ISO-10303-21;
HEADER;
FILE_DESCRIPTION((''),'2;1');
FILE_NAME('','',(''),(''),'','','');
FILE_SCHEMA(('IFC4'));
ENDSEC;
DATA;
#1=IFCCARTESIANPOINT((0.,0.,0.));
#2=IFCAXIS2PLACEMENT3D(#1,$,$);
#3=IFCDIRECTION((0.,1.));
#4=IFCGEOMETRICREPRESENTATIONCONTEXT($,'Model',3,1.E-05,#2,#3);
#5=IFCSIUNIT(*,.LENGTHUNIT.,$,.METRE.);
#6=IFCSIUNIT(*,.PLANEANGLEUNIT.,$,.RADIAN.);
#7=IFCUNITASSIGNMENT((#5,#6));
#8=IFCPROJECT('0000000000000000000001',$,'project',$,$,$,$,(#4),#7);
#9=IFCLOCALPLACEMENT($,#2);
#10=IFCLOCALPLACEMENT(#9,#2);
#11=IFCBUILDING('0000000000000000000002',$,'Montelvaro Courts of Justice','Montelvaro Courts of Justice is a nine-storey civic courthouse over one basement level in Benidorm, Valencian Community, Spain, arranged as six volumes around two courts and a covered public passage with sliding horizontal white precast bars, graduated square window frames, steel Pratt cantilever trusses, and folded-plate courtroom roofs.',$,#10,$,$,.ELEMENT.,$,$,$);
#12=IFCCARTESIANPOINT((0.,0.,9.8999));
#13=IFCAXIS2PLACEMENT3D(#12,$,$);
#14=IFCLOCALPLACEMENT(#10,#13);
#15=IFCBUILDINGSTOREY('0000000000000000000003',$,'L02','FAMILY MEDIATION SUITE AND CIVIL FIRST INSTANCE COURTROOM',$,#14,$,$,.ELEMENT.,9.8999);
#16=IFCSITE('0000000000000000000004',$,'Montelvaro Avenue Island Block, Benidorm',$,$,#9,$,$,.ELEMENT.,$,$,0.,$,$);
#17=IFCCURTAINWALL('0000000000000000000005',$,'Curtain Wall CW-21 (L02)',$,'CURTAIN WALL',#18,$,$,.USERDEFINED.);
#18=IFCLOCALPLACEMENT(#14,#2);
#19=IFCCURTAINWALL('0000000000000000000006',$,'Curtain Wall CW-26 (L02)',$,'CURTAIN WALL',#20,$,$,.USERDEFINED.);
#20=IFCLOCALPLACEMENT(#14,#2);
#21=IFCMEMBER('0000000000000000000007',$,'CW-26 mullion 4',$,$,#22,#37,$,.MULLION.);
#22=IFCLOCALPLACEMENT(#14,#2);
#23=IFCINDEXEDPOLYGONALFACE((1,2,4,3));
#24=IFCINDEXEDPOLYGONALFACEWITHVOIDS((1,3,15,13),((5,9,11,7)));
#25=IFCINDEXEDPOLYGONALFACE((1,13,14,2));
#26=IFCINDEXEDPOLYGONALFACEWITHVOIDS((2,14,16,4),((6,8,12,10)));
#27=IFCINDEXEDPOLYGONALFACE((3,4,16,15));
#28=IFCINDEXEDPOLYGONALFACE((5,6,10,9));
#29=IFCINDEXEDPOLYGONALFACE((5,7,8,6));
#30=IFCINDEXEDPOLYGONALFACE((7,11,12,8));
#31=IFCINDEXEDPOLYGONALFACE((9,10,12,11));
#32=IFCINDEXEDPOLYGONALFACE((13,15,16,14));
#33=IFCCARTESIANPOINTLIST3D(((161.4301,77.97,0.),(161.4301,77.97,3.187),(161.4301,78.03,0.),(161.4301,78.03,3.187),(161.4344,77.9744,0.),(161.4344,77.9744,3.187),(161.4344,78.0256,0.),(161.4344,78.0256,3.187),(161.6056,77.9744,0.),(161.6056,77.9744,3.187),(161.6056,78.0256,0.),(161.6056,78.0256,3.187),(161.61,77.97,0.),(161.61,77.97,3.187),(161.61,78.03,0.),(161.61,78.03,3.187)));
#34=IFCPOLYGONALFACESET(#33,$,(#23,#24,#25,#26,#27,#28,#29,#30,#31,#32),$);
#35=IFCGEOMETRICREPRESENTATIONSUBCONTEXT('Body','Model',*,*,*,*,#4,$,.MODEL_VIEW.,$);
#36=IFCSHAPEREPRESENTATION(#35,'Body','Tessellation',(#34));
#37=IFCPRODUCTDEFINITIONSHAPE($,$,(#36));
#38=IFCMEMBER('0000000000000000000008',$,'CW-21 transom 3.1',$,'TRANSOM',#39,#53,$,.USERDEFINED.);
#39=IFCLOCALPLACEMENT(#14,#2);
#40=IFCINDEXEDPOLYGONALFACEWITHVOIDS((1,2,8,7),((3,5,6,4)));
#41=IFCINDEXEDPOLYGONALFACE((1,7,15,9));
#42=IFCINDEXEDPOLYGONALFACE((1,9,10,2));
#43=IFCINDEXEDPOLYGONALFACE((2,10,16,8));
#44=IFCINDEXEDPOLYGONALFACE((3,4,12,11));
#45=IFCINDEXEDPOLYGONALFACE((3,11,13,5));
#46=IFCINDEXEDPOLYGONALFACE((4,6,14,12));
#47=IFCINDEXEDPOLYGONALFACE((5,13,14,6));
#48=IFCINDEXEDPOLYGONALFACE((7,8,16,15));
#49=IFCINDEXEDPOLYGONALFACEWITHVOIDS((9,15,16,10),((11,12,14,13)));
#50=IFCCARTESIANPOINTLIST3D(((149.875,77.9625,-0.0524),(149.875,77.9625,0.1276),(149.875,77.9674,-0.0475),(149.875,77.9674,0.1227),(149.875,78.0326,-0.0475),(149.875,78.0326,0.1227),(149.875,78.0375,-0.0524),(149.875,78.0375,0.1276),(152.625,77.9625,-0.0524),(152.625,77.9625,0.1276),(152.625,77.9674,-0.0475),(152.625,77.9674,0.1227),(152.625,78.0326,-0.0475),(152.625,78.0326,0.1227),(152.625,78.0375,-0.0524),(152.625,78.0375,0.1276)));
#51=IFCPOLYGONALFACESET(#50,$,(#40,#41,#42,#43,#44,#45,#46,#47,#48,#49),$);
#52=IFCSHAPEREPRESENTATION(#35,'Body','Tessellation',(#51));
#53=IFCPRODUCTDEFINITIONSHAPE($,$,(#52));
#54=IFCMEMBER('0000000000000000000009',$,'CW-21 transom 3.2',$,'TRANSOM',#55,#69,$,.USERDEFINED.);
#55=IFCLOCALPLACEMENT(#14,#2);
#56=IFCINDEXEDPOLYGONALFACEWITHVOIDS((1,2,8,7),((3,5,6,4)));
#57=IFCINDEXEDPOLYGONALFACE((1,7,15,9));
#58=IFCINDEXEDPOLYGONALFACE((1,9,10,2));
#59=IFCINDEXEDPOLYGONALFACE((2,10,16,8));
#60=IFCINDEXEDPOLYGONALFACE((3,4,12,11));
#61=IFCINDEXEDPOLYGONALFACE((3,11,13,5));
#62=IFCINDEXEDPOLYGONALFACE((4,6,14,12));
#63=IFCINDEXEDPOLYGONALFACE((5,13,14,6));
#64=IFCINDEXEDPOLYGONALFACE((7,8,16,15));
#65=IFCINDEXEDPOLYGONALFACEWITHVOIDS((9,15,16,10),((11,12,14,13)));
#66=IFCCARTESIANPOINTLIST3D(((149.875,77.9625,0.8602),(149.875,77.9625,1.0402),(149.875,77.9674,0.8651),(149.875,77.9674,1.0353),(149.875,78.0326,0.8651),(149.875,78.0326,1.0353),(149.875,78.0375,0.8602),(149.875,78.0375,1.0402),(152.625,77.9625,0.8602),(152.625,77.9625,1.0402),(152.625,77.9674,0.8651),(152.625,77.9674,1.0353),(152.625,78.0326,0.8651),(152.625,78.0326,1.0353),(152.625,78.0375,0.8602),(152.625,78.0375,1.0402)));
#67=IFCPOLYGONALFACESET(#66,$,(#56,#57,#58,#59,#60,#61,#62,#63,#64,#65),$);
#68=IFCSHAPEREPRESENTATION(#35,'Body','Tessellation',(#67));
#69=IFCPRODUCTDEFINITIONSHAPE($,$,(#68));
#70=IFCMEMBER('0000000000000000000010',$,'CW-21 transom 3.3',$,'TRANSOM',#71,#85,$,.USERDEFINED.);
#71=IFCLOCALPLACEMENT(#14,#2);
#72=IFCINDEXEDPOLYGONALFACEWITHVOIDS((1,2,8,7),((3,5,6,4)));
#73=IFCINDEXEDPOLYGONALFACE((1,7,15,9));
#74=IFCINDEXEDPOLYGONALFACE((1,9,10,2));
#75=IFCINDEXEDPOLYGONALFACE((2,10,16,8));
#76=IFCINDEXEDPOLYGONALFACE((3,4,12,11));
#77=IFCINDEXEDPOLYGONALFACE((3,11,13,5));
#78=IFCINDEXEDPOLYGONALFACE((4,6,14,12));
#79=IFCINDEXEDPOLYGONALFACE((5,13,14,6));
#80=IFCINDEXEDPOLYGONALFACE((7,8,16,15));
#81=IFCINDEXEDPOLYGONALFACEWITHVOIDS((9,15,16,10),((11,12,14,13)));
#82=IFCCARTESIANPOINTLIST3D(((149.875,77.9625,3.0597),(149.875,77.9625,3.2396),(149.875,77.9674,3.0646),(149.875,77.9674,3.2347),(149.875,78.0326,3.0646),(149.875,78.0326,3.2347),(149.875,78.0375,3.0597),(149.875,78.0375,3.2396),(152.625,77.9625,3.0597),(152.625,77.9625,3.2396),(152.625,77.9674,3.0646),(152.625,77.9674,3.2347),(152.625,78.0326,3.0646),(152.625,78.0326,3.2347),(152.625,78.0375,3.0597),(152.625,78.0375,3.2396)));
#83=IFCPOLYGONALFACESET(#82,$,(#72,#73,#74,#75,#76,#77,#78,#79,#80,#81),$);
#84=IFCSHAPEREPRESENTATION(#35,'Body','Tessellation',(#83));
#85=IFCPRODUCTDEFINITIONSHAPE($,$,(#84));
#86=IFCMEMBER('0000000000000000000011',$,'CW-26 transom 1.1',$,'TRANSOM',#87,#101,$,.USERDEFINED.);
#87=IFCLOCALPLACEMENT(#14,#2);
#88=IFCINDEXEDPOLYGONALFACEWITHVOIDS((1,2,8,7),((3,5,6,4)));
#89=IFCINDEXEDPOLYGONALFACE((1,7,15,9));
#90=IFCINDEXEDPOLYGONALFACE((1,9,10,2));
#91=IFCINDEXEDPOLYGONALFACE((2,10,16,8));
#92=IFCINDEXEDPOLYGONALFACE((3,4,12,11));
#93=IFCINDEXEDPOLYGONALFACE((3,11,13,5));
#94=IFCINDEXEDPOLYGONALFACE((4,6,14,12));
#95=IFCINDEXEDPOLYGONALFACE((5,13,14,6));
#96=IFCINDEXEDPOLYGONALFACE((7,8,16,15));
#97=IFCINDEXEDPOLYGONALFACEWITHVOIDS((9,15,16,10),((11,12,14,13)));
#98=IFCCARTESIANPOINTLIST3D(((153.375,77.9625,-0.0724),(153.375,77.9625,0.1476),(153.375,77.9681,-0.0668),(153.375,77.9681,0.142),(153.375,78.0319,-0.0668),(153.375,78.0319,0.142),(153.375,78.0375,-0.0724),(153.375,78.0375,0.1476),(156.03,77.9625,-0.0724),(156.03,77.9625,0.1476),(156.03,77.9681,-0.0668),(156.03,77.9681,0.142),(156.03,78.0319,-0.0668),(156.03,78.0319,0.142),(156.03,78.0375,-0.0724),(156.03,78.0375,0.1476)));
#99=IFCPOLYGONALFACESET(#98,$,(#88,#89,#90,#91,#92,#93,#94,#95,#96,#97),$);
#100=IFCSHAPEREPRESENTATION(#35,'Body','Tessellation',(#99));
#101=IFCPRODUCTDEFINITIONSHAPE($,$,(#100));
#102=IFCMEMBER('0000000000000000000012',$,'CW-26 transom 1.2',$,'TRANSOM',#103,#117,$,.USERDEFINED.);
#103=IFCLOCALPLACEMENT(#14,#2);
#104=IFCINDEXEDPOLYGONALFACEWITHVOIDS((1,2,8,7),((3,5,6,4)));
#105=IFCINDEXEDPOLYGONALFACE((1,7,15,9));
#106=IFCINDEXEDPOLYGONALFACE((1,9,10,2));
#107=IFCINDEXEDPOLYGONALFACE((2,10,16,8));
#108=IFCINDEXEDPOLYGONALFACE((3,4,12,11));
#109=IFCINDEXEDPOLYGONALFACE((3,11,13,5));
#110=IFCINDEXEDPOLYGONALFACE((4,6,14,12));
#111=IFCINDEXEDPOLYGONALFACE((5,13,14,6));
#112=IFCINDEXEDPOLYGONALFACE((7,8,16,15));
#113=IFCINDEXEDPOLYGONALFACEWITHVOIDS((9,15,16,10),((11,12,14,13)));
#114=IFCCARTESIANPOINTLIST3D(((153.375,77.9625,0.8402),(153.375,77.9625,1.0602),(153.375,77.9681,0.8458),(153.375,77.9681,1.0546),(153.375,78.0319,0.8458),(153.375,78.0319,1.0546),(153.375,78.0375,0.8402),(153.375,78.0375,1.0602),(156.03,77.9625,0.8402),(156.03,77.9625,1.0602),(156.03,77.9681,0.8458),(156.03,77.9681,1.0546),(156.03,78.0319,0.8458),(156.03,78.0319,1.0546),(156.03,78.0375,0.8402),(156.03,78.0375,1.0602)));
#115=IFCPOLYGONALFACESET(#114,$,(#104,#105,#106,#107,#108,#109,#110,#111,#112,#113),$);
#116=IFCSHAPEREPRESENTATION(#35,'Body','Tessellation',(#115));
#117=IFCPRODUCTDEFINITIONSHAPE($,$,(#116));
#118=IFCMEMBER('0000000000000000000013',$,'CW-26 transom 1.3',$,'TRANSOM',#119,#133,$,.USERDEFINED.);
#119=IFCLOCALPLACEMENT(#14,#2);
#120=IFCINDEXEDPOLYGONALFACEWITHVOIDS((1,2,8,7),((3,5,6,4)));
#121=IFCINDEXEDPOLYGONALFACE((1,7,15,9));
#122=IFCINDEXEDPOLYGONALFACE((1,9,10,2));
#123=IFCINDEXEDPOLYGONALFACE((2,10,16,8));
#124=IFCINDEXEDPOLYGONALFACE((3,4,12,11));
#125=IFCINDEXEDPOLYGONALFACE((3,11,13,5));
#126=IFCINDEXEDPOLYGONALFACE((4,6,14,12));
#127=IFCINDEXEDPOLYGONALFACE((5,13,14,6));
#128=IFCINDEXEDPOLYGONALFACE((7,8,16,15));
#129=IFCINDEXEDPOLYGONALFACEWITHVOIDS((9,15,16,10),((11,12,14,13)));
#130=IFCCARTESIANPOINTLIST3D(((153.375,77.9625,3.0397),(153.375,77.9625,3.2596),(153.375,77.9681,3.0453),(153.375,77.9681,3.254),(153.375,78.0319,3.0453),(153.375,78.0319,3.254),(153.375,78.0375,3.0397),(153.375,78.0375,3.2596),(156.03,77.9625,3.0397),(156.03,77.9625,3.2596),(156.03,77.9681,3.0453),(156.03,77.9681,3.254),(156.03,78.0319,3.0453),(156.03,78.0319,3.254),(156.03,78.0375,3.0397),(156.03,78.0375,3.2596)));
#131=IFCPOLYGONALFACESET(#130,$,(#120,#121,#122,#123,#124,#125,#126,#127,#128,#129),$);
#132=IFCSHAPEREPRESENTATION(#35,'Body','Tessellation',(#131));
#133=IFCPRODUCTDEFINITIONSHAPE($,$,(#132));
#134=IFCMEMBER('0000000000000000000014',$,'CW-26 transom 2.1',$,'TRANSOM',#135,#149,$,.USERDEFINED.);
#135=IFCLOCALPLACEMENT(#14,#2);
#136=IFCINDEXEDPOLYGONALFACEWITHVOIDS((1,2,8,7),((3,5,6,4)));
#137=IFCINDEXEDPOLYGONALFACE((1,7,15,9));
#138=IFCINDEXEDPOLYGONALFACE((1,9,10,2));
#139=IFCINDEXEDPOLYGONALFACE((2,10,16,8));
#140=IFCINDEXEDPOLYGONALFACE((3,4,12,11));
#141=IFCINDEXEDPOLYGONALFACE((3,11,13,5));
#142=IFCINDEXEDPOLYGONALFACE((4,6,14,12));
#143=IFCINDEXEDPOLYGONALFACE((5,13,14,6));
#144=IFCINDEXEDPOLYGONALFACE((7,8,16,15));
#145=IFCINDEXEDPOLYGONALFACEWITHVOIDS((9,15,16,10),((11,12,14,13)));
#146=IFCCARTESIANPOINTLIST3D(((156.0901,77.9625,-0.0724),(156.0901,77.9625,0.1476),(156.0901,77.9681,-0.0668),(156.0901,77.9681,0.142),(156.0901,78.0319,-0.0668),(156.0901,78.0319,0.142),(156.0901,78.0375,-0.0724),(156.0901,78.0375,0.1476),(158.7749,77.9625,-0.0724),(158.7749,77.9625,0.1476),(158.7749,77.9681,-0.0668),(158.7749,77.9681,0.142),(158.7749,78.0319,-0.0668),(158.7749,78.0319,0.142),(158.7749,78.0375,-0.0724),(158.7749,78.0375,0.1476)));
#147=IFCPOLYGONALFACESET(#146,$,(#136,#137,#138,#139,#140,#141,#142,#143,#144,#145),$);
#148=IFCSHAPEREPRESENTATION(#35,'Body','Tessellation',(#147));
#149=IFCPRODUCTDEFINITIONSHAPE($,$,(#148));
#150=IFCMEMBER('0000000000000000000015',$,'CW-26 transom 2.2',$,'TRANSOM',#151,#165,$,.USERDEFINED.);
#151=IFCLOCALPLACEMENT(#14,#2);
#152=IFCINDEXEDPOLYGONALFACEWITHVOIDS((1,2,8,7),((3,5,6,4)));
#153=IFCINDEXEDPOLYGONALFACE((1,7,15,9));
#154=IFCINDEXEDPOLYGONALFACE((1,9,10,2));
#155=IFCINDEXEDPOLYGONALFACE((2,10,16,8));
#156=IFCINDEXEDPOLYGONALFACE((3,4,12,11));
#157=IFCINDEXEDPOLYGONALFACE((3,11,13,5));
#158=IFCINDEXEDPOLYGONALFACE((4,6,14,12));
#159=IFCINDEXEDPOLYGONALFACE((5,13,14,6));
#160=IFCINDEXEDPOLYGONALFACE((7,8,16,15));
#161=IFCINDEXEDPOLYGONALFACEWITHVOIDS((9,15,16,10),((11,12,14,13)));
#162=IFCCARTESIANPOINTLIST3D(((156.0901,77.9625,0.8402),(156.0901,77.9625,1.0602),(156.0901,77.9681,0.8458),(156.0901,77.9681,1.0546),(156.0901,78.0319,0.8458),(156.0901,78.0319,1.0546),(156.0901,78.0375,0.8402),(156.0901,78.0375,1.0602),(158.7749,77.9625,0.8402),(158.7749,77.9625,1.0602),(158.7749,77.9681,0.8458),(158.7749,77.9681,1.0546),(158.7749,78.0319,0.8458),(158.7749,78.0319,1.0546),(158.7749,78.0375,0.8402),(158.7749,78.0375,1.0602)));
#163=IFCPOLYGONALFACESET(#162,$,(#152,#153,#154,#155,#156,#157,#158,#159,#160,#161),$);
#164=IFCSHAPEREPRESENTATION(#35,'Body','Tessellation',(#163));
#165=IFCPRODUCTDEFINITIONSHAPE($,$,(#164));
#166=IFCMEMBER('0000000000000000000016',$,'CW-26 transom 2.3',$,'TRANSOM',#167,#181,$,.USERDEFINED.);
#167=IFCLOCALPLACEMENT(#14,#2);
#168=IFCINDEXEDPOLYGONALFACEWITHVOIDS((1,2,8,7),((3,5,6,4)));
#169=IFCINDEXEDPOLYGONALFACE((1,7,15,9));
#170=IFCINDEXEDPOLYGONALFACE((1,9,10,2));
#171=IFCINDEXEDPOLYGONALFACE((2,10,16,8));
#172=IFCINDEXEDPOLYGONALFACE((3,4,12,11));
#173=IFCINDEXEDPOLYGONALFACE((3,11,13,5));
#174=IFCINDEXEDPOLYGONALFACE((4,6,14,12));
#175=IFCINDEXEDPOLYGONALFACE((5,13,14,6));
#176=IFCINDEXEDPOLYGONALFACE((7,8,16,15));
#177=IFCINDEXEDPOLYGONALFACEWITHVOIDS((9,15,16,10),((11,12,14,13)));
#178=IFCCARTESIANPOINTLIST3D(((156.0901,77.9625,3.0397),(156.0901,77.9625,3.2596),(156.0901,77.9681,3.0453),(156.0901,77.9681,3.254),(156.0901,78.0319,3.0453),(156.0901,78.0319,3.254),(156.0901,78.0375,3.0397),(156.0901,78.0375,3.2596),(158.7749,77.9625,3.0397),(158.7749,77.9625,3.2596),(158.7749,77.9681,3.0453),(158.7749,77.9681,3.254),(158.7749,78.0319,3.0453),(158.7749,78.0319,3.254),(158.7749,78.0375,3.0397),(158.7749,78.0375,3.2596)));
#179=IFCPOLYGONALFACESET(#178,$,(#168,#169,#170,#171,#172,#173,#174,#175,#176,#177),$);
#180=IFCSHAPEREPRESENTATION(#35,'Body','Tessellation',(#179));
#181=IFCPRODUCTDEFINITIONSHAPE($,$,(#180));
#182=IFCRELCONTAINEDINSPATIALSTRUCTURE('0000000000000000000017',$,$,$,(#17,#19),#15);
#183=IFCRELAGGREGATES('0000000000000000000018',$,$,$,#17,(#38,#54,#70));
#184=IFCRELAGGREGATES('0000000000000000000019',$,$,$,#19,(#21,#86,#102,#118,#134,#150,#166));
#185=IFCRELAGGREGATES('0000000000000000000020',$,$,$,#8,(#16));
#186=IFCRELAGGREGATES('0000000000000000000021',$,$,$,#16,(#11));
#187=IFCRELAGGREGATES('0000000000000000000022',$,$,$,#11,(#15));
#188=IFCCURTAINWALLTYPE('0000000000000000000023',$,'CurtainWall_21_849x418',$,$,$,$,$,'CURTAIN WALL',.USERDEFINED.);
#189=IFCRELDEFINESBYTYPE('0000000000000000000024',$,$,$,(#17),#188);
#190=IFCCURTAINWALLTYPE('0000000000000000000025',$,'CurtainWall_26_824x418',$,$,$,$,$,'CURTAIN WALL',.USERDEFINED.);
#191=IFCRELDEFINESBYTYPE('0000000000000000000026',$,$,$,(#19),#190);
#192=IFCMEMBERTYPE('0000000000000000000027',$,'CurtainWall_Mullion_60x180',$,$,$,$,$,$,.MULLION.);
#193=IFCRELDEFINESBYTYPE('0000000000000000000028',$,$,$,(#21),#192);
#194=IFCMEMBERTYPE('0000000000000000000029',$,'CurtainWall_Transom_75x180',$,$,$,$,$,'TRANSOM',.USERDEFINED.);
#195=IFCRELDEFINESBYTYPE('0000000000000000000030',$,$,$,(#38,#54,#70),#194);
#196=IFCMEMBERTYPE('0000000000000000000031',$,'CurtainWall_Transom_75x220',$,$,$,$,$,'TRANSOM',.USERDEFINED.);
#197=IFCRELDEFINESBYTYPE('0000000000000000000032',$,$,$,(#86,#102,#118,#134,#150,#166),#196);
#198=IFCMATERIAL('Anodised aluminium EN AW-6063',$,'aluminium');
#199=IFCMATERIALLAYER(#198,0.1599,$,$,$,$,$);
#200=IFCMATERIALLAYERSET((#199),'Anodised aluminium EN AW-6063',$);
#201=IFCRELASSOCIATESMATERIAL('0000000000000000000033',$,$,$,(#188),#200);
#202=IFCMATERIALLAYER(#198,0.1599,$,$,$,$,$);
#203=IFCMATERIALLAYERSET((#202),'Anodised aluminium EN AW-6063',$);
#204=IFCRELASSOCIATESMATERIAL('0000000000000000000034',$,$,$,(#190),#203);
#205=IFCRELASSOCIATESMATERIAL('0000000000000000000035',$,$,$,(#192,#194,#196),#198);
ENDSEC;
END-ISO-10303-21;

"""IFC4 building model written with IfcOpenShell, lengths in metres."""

from ifc_helpers import new_model, si_unit, direction, frame, origin, origin_2d, place, context, subcontext, project, spatial, hollow_rectangle, extrude, material, layer, layer_set, material_profile, profile_set, type_object, element, aggregate, save


model = new_model("IFC4")

# Units and contexts
model_context = context("Model", 3, precision=1e-05, world=origin(), true_north=direction((0.0, 1.0)))
body_context = subcontext(model_context, "Body", "Model", "MODEL_VIEW")
ifc_project = project(units=[si_unit("LENGTHUNIT", "METRE"), si_unit("PLANEANGLEUNIT", "RADIAN")], contexts=[model_context])

# Site, building, storey
site_placement = place(None, origin())
site = spatial("IfcSite", under=ifc_project, at=site_placement, Name="Montelvaro Avenue Island Block, Benidorm", CompositionType="ELEMENT", RefElevation=0.0)
building_placement = place(site_placement, origin())
building = spatial("IfcBuilding", under=site, at=building_placement, Name="Montelvaro Courts of Justice", Description="Montelvaro Courts of Justice is a nine-storey civic courthouse over one basement level in Benidorm, Valencian Community, Spain, arranged as six volumes around two courts and a covered public passage with sliding horizontal white precast bars, graduated square window frames, steel Pratt cantilever trusses, and folded-plate courtroom roofs.", CompositionType="ELEMENT")
storey_placement = place(building_placement, frame((0.0, 0.0, 9.8999)))
storey = spatial("IfcBuildingStorey", under=building, at=storey_placement, Name="L02", Description="FAMILY MEDIATION SUITE AND CIVIL FIRST INSTANCE COURTROOM", CompositionType="ELEMENT", Elevation=9.8999)

# Curtain walls, member
ifc_material_1 = material(Name="Anodised aluminium EN AW-6063", Category="aluminium")
ifc_layer_1 = layer(ifc_material_1, 0.1599)
ifc_layer_set_1 = layer_set([ifc_layer_1], Name="Anodised aluminium EN AW-6063")
curtain_wall_type_1 = type_object("IfcCurtainWallType", Name="CurtainWall_21_849x418", ElementType="CURTAIN WALL", PredefinedType="USERDEFINED", material=ifc_layer_set_1)
curtain_wall_1_placement = place(storey_placement, origin())
curtain_wall_1 = element("IfcCurtainWall", 1, at=curtain_wall_1_placement, inside=storey, type_object=curtain_wall_type_1, Name="Curtain Wall CW-21 (L02)", ObjectType="CURTAIN WALL", PredefinedType="USERDEFINED")
ifc_layer_2 = layer(ifc_material_1, 0.1599)
ifc_layer_set_2 = layer_set([ifc_layer_2], Name="Anodised aluminium EN AW-6063")
curtain_wall_type_2 = type_object("IfcCurtainWallType", Name="CurtainWall_26_824x418", ElementType="CURTAIN WALL", PredefinedType="USERDEFINED", material=ifc_layer_set_2)
curtain_wall_2_placement = place(storey_placement, origin())
curtain_wall_2 = element("IfcCurtainWall", 2, at=curtain_wall_2_placement, inside=storey, type_object=curtain_wall_type_2, Name="Curtain Wall CW-26 (L02)", ObjectType="CURTAIN WALL", PredefinedType="USERDEFINED")
ifc_material_profile_1 = material_profile(ifc_material_1, hollow_rectangle(XDim=0.0601, YDim=0.1799, WallThickness=0.0044, at=origin_2d()), Name="ALU-M 60x180")
ifc_profile_set_1 = profile_set([ifc_material_profile_1], Name="Anodised aluminium EN AW-6063")
member_type_1 = type_object("IfcMemberType", Name="CurtainWall_Mullion_60x180", PredefinedType="MULLION", material=ifc_profile_set_1)
member_1_placement = place(storey_placement, frame((161.52, 78.0, 0.0), z_axis=(0.0, 0.0, 1.0), x_axis=(0.0, 1.0, 0.0)))
member_1 = element("IfcMember", 3, at=member_1_placement, type_object=member_type_1, Name="CW-26 mullion 4", PredefinedType="MULLION", context=body_context, shape_type="SweptSolid", body=[
    extrude(hollow_rectangle(XDim=0.0601, YDim=0.1799, WallThickness=0.0044, at=origin_2d()), origin(), (0.0, 0.0, 1.0), 3.187),
])

# Members
ifc_material_profile_2 = material_profile(ifc_material_1, hollow_rectangle(XDim=0.075, YDim=0.1799, WallThickness=0.0049, at=origin_2d()), Name="ALU-T 75x180")
ifc_profile_set_2 = profile_set([ifc_material_profile_2], Name="Anodised aluminium EN AW-6063")
member_type_2 = type_object("IfcMemberType", Name="CurtainWall_Transom_75x180", ElementType="TRANSOM", PredefinedType="USERDEFINED", material=ifc_profile_set_2)
member_2_placement = place(storey_placement, frame((149.875, 78.0, 0.0376), z_axis=(1.0, 0.0, 0.0), x_axis=(0.0, 1.0, 0.0)))
member_2 = element("IfcMember", 4, at=member_2_placement, type_object=member_type_2, Name="CW-21 transom 3.1", ObjectType="TRANSOM", PredefinedType="USERDEFINED", context=body_context, shape_type="SweptSolid", body=[
    extrude(hollow_rectangle(XDim=0.075, YDim=0.1799, WallThickness=0.0049, at=origin_2d()), origin(), (0.0, 0.0, 1.0), 2.75),
])
member_3_placement = place(storey_placement, frame((149.875, 78.0, 0.9502), z_axis=(1.0, 0.0, 0.0), x_axis=(0.0, 1.0, 0.0)))
member_3 = element("IfcMember", 5, at=member_3_placement, type_object=member_type_2, Name="CW-21 transom 3.2", ObjectType="TRANSOM", PredefinedType="USERDEFINED", context=body_context, shape_type="SweptSolid", body=[
    extrude(hollow_rectangle(XDim=0.075, YDim=0.1799, WallThickness=0.0049, at=origin_2d()), origin(), (0.0, 0.0, 1.0), 2.75),
])
member_4_placement = place(storey_placement, frame((149.875, 78.0, 3.1497), z_axis=(1.0, 0.0, 0.0), x_axis=(0.0, 1.0, 0.0)))
member_4 = element("IfcMember", 6, at=member_4_placement, type_object=member_type_2, Name="CW-21 transom 3.3", ObjectType="TRANSOM", PredefinedType="USERDEFINED", context=body_context, shape_type="SweptSolid", body=[
    extrude(hollow_rectangle(XDim=0.075, YDim=0.1799, WallThickness=0.0049, at=origin_2d()), origin(), (0.0, 0.0, 1.0), 2.75),
])
ifc_material_profile_3 = material_profile(ifc_material_1, hollow_rectangle(XDim=0.075, YDim=0.22, WallThickness=0.0056, at=origin_2d()), Name="ALU-T 75x220")
ifc_profile_set_3 = profile_set([ifc_material_profile_3], Name="Anodised aluminium EN AW-6063")
member_type_3 = type_object("IfcMemberType", Name="CurtainWall_Transom_75x220", ElementType="TRANSOM", PredefinedType="USERDEFINED", material=ifc_profile_set_3)
member_5_placement = place(storey_placement, frame((153.375, 78.0, 0.0376), z_axis=(1.0, 0.0, 0.0), x_axis=(0.0, 1.0, 0.0)))
member_5 = element("IfcMember", 7, at=member_5_placement, type_object=member_type_3, Name="CW-26 transom 1.1", ObjectType="TRANSOM", PredefinedType="USERDEFINED", context=body_context, shape_type="SweptSolid", body=[
    extrude(hollow_rectangle(XDim=0.075, YDim=0.22, WallThickness=0.0056, at=origin_2d()), origin(), (0.0, 0.0, 1.0), 2.655),
])
member_6_placement = place(storey_placement, frame((153.375, 78.0, 0.9502), z_axis=(1.0, 0.0, 0.0), x_axis=(0.0, 1.0, 0.0)))
member_6 = element("IfcMember", 8, at=member_6_placement, type_object=member_type_3, Name="CW-26 transom 1.2", ObjectType="TRANSOM", PredefinedType="USERDEFINED", context=body_context, shape_type="SweptSolid", body=[
    extrude(hollow_rectangle(XDim=0.075, YDim=0.22, WallThickness=0.0056, at=origin_2d()), origin(), (0.0, 0.0, 1.0), 2.655),
])
member_7_placement = place(storey_placement, frame((153.375, 78.0, 3.1497), z_axis=(1.0, 0.0, 0.0), x_axis=(0.0, 1.0, 0.0)))
member_7 = element("IfcMember", 9, at=member_7_placement, type_object=member_type_3, Name="CW-26 transom 1.3", ObjectType="TRANSOM", PredefinedType="USERDEFINED", context=body_context, shape_type="SweptSolid", body=[
    extrude(hollow_rectangle(XDim=0.075, YDim=0.22, WallThickness=0.0056, at=origin_2d()), origin(), (0.0, 0.0, 1.0), 2.655),
])
member_8_placement = place(storey_placement, frame((156.0901, 78.0, 0.0376), z_axis=(1.0, 0.0, 0.0), x_axis=(0.0, 1.0, 0.0)))
member_8 = element("IfcMember", 10, at=member_8_placement, type_object=member_type_3, Name="CW-26 transom 2.1", ObjectType="TRANSOM", PredefinedType="USERDEFINED", context=body_context, shape_type="SweptSolid", body=[
    extrude(hollow_rectangle(XDim=0.075, YDim=0.22, WallThickness=0.0056, at=origin_2d()), origin(), (0.0, 0.0, 1.0), 2.6848),
])
member_9_placement = place(storey_placement, frame((156.0901, 78.0, 0.9502), z_axis=(1.0, 0.0, 0.0), x_axis=(0.0, 1.0, 0.0)))
member_9 = element("IfcMember", 11, at=member_9_placement, type_object=member_type_3, Name="CW-26 transom 2.2", ObjectType="TRANSOM", PredefinedType="USERDEFINED", context=body_context, shape_type="SweptSolid", body=[
    extrude(hollow_rectangle(XDim=0.075, YDim=0.22, WallThickness=0.0056, at=origin_2d()), origin(), (0.0, 0.0, 1.0), 2.6848),
])
member_10_placement = place(storey_placement, frame((156.0901, 78.0, 3.1497), z_axis=(1.0, 0.0, 0.0), x_axis=(0.0, 1.0, 0.0)))
member_10 = element("IfcMember", 12, at=member_10_placement, type_object=member_type_3, Name="CW-26 transom 2.3", ObjectType="TRANSOM", PredefinedType="USERDEFINED", context=body_context, shape_type="SweptSolid", body=[
    extrude(hollow_rectangle(XDim=0.075, YDim=0.22, WallThickness=0.0056, at=origin_2d()), origin(), (0.0, 0.0, 1.0), 2.6848),
])

aggregate(curtain_wall_1, [member_2, member_3, member_4])
aggregate(curtain_wall_2, [member_1, member_5, member_6, member_7, member_8, member_9, member_10])

save(model, "model.ifc")
